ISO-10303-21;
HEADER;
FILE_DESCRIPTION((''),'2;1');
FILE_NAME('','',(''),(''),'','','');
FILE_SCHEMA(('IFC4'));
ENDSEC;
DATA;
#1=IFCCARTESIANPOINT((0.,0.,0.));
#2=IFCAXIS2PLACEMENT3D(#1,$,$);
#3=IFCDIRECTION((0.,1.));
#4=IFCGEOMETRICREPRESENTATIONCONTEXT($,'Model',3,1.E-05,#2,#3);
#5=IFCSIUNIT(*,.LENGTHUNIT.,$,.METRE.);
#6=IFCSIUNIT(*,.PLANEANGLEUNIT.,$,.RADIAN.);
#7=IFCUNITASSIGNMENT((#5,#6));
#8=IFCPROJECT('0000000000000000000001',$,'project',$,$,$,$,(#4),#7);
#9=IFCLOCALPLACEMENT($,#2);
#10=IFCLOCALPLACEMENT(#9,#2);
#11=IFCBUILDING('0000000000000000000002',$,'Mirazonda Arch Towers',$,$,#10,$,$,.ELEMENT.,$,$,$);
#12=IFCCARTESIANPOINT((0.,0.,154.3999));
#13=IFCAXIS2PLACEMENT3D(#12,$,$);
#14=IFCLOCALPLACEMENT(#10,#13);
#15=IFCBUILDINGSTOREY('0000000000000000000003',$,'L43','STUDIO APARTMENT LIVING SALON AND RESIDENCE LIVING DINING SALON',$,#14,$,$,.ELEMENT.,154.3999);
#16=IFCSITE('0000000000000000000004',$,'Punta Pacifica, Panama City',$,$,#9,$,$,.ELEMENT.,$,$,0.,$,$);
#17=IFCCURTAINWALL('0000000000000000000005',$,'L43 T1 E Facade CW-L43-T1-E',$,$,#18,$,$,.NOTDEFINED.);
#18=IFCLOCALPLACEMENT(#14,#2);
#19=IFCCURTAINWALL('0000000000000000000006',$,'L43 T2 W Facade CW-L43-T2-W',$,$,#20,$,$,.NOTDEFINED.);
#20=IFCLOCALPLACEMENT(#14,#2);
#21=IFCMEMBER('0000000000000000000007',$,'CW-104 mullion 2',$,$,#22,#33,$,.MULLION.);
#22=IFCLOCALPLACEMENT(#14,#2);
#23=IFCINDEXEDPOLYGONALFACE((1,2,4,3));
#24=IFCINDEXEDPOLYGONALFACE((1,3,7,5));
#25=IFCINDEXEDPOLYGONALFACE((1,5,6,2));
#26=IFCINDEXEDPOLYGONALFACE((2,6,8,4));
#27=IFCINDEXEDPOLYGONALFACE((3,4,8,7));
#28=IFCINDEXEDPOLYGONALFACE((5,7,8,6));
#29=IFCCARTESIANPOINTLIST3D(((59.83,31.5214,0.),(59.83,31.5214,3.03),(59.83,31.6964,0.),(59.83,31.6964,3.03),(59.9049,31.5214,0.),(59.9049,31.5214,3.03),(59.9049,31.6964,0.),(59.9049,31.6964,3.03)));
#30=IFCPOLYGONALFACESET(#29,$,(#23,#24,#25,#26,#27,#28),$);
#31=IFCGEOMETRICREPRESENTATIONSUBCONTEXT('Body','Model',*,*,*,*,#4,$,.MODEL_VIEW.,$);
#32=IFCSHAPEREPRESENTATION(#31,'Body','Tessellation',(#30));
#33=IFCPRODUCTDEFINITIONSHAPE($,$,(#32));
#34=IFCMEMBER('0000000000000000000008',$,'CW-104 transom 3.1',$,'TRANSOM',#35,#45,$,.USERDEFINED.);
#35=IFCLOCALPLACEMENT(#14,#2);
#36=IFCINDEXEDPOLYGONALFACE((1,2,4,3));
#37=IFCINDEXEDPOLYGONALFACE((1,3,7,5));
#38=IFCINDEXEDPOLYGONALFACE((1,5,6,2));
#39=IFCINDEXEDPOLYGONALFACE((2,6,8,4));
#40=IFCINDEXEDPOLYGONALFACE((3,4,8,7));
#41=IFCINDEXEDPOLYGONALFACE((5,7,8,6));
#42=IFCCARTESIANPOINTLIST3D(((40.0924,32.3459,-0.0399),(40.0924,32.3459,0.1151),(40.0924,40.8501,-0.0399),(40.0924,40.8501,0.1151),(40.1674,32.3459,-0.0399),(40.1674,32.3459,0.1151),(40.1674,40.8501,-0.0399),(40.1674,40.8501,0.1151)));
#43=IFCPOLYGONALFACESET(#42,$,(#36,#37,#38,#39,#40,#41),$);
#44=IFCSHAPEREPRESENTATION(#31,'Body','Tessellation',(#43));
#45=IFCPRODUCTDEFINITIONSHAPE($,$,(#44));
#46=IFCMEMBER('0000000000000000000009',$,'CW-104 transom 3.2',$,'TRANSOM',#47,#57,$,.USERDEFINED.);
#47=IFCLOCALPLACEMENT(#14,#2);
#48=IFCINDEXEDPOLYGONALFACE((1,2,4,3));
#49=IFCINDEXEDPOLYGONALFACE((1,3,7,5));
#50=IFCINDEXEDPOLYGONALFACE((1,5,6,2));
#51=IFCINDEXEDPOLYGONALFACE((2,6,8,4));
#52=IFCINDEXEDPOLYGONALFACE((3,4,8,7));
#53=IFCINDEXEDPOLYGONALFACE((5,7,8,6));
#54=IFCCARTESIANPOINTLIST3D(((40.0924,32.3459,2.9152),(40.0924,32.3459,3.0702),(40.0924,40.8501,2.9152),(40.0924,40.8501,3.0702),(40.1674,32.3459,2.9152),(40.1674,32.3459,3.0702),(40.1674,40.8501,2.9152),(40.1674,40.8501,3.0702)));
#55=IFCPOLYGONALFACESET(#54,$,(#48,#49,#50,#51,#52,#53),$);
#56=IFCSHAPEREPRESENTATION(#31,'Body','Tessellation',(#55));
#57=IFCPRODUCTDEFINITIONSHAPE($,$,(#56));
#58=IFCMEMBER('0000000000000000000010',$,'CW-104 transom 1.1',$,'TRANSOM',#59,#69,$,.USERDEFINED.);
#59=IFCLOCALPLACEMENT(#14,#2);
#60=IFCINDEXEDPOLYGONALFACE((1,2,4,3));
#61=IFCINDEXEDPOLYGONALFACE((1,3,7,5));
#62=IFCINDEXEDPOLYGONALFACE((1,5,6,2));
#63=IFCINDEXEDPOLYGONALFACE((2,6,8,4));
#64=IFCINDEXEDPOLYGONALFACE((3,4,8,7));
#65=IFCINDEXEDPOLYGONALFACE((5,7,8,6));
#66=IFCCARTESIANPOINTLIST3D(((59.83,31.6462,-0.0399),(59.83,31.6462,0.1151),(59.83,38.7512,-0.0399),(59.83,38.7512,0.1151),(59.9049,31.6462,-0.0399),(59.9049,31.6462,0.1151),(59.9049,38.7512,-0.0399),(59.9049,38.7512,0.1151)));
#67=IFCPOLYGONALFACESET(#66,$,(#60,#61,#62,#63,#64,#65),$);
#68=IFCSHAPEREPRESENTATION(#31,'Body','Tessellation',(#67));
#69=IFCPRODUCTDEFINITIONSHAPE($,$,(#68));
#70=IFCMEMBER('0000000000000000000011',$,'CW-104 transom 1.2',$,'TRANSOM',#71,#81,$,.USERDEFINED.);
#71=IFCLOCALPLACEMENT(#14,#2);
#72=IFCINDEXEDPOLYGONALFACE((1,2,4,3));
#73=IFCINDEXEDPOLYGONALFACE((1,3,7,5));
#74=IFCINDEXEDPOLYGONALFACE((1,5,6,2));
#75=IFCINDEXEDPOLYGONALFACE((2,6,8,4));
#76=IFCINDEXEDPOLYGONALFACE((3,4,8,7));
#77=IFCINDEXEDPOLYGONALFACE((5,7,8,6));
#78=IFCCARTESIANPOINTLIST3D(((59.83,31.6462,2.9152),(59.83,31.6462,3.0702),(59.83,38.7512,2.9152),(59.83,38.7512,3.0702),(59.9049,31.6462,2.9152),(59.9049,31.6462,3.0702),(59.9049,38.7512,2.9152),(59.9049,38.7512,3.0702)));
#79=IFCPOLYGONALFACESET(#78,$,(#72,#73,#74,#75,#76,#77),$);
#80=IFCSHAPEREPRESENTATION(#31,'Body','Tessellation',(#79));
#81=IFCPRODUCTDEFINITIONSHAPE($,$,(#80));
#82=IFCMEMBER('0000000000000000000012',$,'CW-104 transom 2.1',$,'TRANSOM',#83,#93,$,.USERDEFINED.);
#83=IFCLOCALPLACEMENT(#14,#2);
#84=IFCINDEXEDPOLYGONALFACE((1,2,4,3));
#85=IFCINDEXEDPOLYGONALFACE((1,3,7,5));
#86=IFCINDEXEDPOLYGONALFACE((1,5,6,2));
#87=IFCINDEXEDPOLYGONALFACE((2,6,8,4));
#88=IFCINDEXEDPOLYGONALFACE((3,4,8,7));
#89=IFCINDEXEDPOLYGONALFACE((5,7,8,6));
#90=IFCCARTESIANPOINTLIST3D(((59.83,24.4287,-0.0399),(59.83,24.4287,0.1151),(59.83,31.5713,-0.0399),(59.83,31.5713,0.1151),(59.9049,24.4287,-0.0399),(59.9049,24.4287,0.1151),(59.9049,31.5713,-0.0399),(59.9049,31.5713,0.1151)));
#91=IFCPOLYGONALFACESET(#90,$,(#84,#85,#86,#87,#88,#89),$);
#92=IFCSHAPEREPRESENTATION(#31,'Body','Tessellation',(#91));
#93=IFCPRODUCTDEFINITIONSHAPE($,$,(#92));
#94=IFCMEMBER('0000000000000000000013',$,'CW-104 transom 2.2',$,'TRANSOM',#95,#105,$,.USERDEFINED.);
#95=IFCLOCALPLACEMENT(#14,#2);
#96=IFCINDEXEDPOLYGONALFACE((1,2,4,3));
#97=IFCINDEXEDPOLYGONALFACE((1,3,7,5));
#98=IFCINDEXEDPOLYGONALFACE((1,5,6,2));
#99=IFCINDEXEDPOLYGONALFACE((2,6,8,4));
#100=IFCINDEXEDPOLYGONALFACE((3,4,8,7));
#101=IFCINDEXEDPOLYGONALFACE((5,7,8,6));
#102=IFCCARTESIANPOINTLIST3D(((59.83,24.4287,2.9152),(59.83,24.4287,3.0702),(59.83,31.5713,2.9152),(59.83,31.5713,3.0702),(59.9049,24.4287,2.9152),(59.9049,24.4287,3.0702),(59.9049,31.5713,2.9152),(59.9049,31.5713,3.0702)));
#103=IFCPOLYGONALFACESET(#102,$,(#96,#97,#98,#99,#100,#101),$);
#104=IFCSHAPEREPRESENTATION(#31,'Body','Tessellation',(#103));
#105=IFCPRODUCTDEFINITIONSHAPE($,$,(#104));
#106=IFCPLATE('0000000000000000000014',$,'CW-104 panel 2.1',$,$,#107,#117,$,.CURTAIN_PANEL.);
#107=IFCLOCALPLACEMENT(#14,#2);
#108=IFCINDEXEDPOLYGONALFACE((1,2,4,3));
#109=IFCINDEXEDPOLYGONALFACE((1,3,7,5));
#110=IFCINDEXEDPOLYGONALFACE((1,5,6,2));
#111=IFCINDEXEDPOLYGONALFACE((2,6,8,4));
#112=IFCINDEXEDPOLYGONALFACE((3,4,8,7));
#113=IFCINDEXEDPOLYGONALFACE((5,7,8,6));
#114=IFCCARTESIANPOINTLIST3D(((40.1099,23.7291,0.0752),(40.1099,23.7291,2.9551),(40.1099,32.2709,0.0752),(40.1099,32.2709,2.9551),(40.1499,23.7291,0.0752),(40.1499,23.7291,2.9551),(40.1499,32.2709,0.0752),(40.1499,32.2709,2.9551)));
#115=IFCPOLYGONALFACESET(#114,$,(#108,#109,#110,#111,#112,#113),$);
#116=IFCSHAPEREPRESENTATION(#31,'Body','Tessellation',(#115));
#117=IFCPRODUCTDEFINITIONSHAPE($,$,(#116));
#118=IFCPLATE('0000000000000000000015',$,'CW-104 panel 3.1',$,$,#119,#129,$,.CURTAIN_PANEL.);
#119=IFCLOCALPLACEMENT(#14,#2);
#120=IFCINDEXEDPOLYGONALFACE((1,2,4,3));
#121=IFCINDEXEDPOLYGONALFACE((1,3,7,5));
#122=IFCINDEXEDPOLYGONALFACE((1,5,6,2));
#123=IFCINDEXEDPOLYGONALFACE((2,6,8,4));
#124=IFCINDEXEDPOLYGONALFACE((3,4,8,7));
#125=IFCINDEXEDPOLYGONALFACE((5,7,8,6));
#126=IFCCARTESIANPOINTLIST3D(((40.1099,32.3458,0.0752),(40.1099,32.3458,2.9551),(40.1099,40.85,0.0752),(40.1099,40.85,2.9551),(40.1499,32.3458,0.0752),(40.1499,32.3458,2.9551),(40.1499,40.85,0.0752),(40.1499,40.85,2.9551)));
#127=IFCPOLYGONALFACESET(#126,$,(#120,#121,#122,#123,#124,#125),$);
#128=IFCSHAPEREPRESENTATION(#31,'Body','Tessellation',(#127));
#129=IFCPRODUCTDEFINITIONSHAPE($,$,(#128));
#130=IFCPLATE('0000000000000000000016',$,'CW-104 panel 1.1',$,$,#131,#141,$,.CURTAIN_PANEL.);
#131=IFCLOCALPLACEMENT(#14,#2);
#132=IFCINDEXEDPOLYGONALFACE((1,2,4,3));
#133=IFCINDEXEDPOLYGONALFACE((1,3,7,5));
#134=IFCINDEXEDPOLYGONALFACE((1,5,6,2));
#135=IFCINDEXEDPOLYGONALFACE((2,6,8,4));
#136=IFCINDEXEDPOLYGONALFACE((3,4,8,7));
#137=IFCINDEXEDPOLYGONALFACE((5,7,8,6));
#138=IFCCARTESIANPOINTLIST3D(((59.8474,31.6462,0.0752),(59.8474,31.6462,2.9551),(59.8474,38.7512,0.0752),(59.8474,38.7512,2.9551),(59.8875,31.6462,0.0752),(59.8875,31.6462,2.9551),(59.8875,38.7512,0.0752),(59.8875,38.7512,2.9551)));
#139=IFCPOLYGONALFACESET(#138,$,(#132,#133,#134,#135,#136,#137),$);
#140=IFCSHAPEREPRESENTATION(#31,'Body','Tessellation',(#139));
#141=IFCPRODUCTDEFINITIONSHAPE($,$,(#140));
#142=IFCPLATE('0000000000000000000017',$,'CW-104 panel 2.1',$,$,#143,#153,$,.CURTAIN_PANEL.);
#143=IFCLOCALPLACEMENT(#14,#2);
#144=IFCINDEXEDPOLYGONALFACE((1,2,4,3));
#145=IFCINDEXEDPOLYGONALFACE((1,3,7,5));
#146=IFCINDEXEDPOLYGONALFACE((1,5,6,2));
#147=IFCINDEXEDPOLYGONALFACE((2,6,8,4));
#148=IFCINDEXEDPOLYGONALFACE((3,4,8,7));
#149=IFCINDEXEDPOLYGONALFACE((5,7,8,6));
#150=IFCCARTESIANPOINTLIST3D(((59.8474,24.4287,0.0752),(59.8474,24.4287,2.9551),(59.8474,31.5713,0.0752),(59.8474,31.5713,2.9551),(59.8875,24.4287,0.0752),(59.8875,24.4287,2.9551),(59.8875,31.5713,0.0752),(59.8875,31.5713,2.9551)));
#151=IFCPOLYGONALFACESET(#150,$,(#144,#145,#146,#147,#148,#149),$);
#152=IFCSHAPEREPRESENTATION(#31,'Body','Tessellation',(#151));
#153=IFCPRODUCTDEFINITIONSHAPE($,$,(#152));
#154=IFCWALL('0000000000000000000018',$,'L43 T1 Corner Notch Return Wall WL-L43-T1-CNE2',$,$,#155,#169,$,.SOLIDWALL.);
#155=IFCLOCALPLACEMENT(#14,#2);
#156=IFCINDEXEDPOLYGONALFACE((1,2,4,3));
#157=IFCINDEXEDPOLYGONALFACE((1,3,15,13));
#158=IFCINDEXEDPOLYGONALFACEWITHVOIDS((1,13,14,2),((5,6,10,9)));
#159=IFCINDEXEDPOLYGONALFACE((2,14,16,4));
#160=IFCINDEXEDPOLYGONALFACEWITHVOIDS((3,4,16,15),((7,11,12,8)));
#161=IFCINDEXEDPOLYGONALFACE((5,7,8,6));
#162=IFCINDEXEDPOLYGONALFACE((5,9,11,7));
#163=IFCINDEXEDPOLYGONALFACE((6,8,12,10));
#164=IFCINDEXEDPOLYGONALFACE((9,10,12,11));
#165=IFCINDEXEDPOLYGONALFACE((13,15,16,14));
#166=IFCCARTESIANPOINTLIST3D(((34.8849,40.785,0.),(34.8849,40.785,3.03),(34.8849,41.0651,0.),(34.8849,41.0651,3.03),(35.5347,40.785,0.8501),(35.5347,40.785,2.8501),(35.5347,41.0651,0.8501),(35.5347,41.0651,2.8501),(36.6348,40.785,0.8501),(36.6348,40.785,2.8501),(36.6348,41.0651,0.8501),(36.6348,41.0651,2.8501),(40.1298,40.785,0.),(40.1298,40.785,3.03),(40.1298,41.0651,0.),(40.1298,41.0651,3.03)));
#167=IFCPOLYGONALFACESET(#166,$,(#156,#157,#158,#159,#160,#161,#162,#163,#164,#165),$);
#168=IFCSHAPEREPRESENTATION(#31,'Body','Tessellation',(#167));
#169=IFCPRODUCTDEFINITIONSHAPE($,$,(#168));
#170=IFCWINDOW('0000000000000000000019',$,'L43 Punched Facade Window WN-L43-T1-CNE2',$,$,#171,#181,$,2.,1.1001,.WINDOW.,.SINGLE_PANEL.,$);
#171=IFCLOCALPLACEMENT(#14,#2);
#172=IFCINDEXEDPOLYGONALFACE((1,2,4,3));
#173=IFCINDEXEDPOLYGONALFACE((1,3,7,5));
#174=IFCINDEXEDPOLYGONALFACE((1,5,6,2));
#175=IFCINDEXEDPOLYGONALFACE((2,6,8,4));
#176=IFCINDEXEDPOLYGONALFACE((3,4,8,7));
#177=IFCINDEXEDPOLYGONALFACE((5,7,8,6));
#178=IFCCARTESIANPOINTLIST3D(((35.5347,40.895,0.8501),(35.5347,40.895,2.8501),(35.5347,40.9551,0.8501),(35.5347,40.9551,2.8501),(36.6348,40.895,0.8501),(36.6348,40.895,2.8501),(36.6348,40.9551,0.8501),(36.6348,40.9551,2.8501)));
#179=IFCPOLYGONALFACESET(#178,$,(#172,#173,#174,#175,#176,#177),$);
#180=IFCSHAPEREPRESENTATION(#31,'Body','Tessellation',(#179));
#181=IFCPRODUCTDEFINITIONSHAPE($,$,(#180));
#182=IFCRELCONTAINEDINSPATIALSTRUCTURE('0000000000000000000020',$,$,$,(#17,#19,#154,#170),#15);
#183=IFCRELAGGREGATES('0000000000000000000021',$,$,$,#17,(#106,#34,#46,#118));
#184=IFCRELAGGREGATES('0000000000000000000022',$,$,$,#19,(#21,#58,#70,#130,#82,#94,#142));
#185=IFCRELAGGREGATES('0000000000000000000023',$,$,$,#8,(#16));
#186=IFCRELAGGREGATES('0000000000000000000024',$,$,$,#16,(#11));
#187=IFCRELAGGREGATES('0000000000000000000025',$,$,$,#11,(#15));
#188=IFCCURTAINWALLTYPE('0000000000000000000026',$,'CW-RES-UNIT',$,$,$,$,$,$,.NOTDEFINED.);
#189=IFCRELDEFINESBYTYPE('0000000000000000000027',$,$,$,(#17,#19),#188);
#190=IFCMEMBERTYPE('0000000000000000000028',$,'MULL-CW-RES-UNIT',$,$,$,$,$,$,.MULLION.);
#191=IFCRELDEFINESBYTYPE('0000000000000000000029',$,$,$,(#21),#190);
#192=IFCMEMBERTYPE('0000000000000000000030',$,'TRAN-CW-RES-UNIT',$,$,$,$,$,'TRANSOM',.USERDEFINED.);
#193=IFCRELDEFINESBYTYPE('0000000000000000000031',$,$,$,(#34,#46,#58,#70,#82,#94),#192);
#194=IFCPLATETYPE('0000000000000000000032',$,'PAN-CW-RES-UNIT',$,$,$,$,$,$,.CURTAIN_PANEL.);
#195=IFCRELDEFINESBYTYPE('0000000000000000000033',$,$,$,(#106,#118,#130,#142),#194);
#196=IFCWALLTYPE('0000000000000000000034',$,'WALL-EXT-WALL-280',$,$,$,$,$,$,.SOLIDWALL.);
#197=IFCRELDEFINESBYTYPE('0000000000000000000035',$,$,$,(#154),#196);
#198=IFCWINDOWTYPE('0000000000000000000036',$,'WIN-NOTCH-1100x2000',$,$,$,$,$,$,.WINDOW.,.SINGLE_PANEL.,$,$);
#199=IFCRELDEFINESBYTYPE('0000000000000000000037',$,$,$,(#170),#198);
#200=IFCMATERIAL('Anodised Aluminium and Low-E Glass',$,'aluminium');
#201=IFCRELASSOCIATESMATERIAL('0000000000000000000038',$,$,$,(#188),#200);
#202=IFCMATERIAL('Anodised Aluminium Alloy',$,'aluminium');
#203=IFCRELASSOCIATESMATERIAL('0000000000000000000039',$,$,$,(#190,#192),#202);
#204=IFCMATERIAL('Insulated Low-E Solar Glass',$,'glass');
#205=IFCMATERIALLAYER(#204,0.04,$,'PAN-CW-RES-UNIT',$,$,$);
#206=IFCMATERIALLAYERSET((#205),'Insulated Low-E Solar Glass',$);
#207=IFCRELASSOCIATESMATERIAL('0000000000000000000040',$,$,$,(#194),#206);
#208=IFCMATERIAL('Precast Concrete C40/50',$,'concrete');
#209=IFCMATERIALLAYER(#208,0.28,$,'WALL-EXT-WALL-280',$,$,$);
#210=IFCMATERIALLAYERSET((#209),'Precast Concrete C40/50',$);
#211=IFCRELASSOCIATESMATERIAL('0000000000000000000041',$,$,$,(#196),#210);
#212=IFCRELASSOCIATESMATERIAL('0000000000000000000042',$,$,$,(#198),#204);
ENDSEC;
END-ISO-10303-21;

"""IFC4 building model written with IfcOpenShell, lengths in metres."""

from ifc_helpers import new_model, si_unit, direction, frame, frame_2d, origin, origin_2d, place, context, subcontext, project, spatial, rectangle, extrude, material, layer, layer_set, material_profile, profile_set, type_object, element, fill, aggregate, save


model = new_model("IFC4")

# Units and contexts
model_context = context("Model", 3, precision=1e-05, world=origin(), true_north=direction((0.0, 1.0)))
body_context = subcontext(model_context, "Body", "Model", "MODEL_VIEW")
ifc_project = project(units=[si_unit("LENGTHUNIT", "METRE"), si_unit("PLANEANGLEUNIT", "RADIAN")], contexts=[model_context])

# Site, building, storey
site_placement = place(None, origin())
site = spatial("IfcSite", under=ifc_project, at=site_placement, Name="Punta Pacifica, Panama City", CompositionType="ELEMENT", RefElevation=0.0)
building_placement = place(site_placement, origin())
building = spatial("IfcBuilding", under=site, at=building_placement, Name="Mirazonda Arch Towers", CompositionType="ELEMENT")
storey_placement = place(building_placement, frame((0.0, 0.0, 154.3999)))
storey = spatial("IfcBuildingStorey", under=building, at=storey_placement, Name="L43", Description="STUDIO APARTMENT LIVING SALON AND RESIDENCE LIVING DINING SALON", CompositionType="ELEMENT", Elevation=154.3999)

# Curtain walls, member
ifc_material_1 = material(Name="Anodised Aluminium and Low-E Glass", Category="aluminium")
curtain_wall_type = type_object("IfcCurtainWallType", Name="CW-RES-UNIT", PredefinedType="NOTDEFINED", material=ifc_material_1)
curtain_wall_1_placement = place(storey_placement, origin())
curtain_wall_1 = element("IfcCurtainWall", 1, at=curtain_wall_1_placement, inside=storey, type_object=curtain_wall_type, Name="L43 T1 E Facade CW-L43-T1-E", PredefinedType="NOTDEFINED")
ifc_material_2 = material(Name="Anodised Aluminium Alloy", Category="aluminium")
ifc_material_profile_1 = material_profile(ifc_material_2, rectangle(XDim=0.075, YDim=0.175, at=origin_2d()), Name="ALU-MULL-75x175")
ifc_profile_set_1 = profile_set([ifc_material_profile_1], Name="Anodised Aluminium Alloy")
member_type_1 = type_object("IfcMemberType", Name="MULL-CW-RES-UNIT", PredefinedType="MULLION", material=ifc_profile_set_1)
curtain_wall_2_placement = place(storey_placement, origin())
curtain_wall_2 = element("IfcCurtainWall", 2, at=curtain_wall_2_placement, inside=storey, type_object=curtain_wall_type, Name="L43 T2 W Facade CW-L43-T2-W", PredefinedType="NOTDEFINED")
member_1_placement = place(storey_placement, frame((59.8674, 31.6089, 0.0), z_axis=(0.0, 0.0, 1.0), x_axis=(1.0, 0.0, 0.0)))
member_1 = element("IfcMember", 3, at=member_1_placement, type_object=member_type_1, Name="CW-104 mullion 2", PredefinedType="MULLION", context=body_context, shape_type="SweptSolid", body=[
    extrude(rectangle(XDim=0.075, YDim=0.175, at=origin_2d()), origin(), (0.0, 0.0, 1.0), 3.03),
])

# Members
ifc_material_profile_2 = material_profile(ifc_material_2, rectangle(XDim=0.075, YDim=0.155, at=origin_2d()), Name="ALU-TRAN-75x155")
ifc_profile_set_2 = profile_set([ifc_material_profile_2], Name="Anodised Aluminium Alloy")
member_type_2 = type_object("IfcMemberType", Name="TRAN-CW-RES-UNIT", ElementType="TRANSOM", PredefinedType="USERDEFINED", material=ifc_profile_set_2)
member_2_placement = place(storey_placement, frame((40.1299, 32.3459, 0.0376), z_axis=(0.0, 1.0, 0.0), x_axis=(-1.0, 0.0, 0.0)))
member_2 = element("IfcMember", 4, at=member_2_placement, type_object=member_type_2, Name="CW-104 transom 3.1", ObjectType="TRANSOM", PredefinedType="USERDEFINED", context=body_context, shape_type="SweptSolid", body=[
    extrude(rectangle(XDim=0.075, YDim=0.155, at=origin_2d()), origin(), (0.0, 0.0, 1.0), 8.5042),
])
member_3_placement = place(storey_placement, frame((40.1299, 32.3459, 2.9927), z_axis=(0.0, 1.0, 0.0), x_axis=(-1.0, 0.0, 0.0)))
member_3 = element("IfcMember", 5, at=member_3_placement, type_object=member_type_2, Name="CW-104 transom 3.2", ObjectType="TRANSOM", PredefinedType="USERDEFINED", context=body_context, shape_type="SweptSolid", body=[
    extrude(rectangle(XDim=0.075, YDim=0.155, at=origin_2d()), origin(), (0.0, 0.0, 1.0), 8.5042),
])
member_4_placement = place(storey_placement, frame((59.8674, 38.7512, 0.0376), z_axis=(0.0, -1.0, 0.0), x_axis=(1.0, 0.0, 0.0)))
member_4 = element("IfcMember", 6, at=member_4_placement, type_object=member_type_2, Name="CW-104 transom 1.1", ObjectType="TRANSOM", PredefinedType="USERDEFINED", context=body_context, shape_type="SweptSolid", body=[
    extrude(rectangle(XDim=0.075, YDim=0.155, at=origin_2d()), origin(), (0.0, 0.0, 1.0), 7.105),
])
member_5_placement = place(storey_placement, frame((59.8674, 38.7512, 2.9927), z_axis=(0.0, -1.0, 0.0), x_axis=(1.0, 0.0, 0.0)))
member_5 = element("IfcMember", 7, at=member_5_placement, type_object=member_type_2, Name="CW-104 transom 1.2", ObjectType="TRANSOM", PredefinedType="USERDEFINED", context=body_context, shape_type="SweptSolid", body=[
    extrude(rectangle(XDim=0.075, YDim=0.155, at=origin_2d()), origin(), (0.0, 0.0, 1.0), 7.105),
])
member_6_placement = place(storey_placement, frame((59.8674, 31.5713, 0.0376), z_axis=(0.0, -1.0, 0.0), x_axis=(1.0, 0.0, 0.0)))
member_6 = element("IfcMember", 8, at=member_6_placement, type_object=member_type_2, Name="CW-104 transom 2.1", ObjectType="TRANSOM", PredefinedType="USERDEFINED", context=body_context, shape_type="SweptSolid", body=[
    extrude(rectangle(XDim=0.075, YDim=0.155, at=origin_2d()), origin(), (0.0, 0.0, 1.0), 7.1426),
])
member_7_placement = place(storey_placement, frame((59.8674, 31.5713, 2.9927), z_axis=(0.0, -1.0, 0.0), x_axis=(1.0, 0.0, 0.0)))
member_7 = element("IfcMember", 9, at=member_7_placement, type_object=member_type_2, Name="CW-104 transom 2.2", ObjectType="TRANSOM", PredefinedType="USERDEFINED", context=body_context, shape_type="SweptSolid", body=[
    extrude(rectangle(XDim=0.075, YDim=0.155, at=origin_2d()), origin(), (0.0, 0.0, 1.0), 7.1426),
])

# Plates
ifc_material_3 = material(Name="Insulated Low-E Solar Glass", Category="glass")
ifc_layer_1 = layer(ifc_material_3, 0.04, Name="PAN-CW-RES-UNIT")
ifc_layer_set_1 = layer_set([ifc_layer_1], Name="Insulated Low-E Solar Glass")
plate_type = type_object("IfcPlateType", Name="PAN-CW-RES-UNIT", PredefinedType="CURTAIN_PANEL", material=ifc_layer_set_1)
plate_1_placement = place(storey_placement, frame((40.1299, 28.0, 0.0752), z_axis=(0.0, 0.0, 1.0), x_axis=(0.0, 1.0, 0.0)))
plate_1 = element("IfcPlate", 10, at=plate_1_placement, type_object=plate_type, Name="CW-104 panel 2.1", PredefinedType="CURTAIN_PANEL", context=body_context, shape_type="SweptSolid", body=[
    extrude(rectangle(XDim=8.5417, YDim=0.04, at=origin_2d()), origin(), (0.0, 0.0, 1.0), 2.8799),
])
plate_2_placement = place(storey_placement, frame((40.1299, 36.5979, 0.0752), z_axis=(0.0, 0.0, 1.0), x_axis=(0.0, 1.0, 0.0)))
plate_2 = element("IfcPlate", 11, at=plate_2_placement, type_object=plate_type, Name="CW-104 panel 3.1", PredefinedType="CURTAIN_PANEL", context=body_context, shape_type="SweptSolid", body=[
    extrude(rectangle(XDim=8.5042, YDim=0.04, at=origin_2d()), origin(), (0.0, 0.0, 1.0), 2.8799),
])
aggregate(curtain_wall_1, [plate_1, member_2, member_3, plate_2])
plate_3_placement = place(storey_placement, frame((59.8674, 35.1987, 0.0752), z_axis=(0.0, 0.0, 1.0), x_axis=(0.0, -1.0, 0.0)))
plate_3 = element("IfcPlate", 12, at=plate_3_placement, type_object=plate_type, Name="CW-104 panel 1.1", PredefinedType="CURTAIN_PANEL", context=body_context, shape_type="SweptSolid", body=[
    extrude(rectangle(XDim=7.105, YDim=0.04, at=origin_2d()), origin(), (0.0, 0.0, 1.0), 2.8799),
])
plate_4_placement = place(storey_placement, frame((59.8674, 28.0, 0.0752), z_axis=(0.0, 0.0, 1.0), x_axis=(0.0, -1.0, 0.0)))
plate_4 = element("IfcPlate", 13, at=plate_4_placement, type_object=plate_type, Name="CW-104 panel 2.1", PredefinedType="CURTAIN_PANEL", context=body_context, shape_type="SweptSolid", body=[
    extrude(rectangle(XDim=7.1426, YDim=0.04, at=origin_2d()), origin(), (0.0, 0.0, 1.0), 2.8799),
])
aggregate(curtain_wall_2, [member_1, member_4, member_5, plate_3, member_6, member_7, plate_4])

# Wall, opening, window
ifc_material_4 = material(Name="Precast Concrete C40/50", Category="concrete")
ifc_layer_2 = layer(ifc_material_4, 0.28, Name="WALL-EXT-WALL-280")
ifc_layer_set_2 = layer_set([ifc_layer_2], Name="Precast Concrete C40/50")
wall_type_1 = type_object("IfcWallType", Name="WALL-EXT-WALL-280", PredefinedType="SOLIDWALL", material=ifc_layer_set_2)
wall_1_placement = place(storey_placement, frame((40.1299, 40.925, 0.0), z_axis=(0.0, 0.0, 1.0), x_axis=(-1.0, 0.0, 0.0)))
wall_1 = element("IfcWall", 14, at=wall_1_placement, inside=storey, type_object=wall_type_1, Name="L43 T1 Corner Notch Return Wall WL-L43-T1-CNE2", PredefinedType="SOLIDWALL", context=body_context, shape_type="SweptSolid", body=[
    extrude(rectangle(XDim=5.2449, YDim=0.28, at=frame_2d((2.6226, 0.0))), origin(), (0.0, 0.0, 1.0), 3.03),
])
opening_1_placement = place(wall_1_placement, frame((3.4951, 0.0, 0.8501)))
opening_1 = element("IfcOpeningElement", 15, at=opening_1_placement, cuts=wall_1, PredefinedType="OPENING", context=body_context, shape_type="SweptSolid", body=[
    extrude(rectangle(XDim=1.1001, YDim=2.0, at=frame_2d((0.55, 1.0))), frame((0.0, 0.1499, 0.0), z_axis=(0.0, -1.0, 0.0), x_axis=(1.0, 0.0, 0.0)), (0.0, 0.0, 1.0), 0.3),
])
window_type = type_object("IfcWindowType", Name="WIN-NOTCH-1100x2000", PartitioningType="SINGLE_PANEL", PredefinedType="WINDOW", material=ifc_material_3)
window_placement = place(opening_1_placement, origin())
window = element("IfcWindow", 16, at=window_placement, inside=storey, type_object=window_type, Name="L43 Punched Facade Window WN-L43-T1-CNE2", OverallHeight=2.0, OverallWidth=1.1001, PartitioningType="SINGLE_PANEL", PredefinedType="WINDOW", context=body_context, shape_type="SweptSolid", body=[
    extrude(rectangle(XDim=1.1001, YDim=2.0, at=frame_2d((0.55, 1.0))), frame((0.0, 0.03, 0.0), z_axis=(0.0, -1.0, 0.0), x_axis=(1.0, 0.0, 0.0)), (0.0, 0.0, 1.0), 0.0601),
])
fill(opening_1, window)

save(model, "model.ifc")
